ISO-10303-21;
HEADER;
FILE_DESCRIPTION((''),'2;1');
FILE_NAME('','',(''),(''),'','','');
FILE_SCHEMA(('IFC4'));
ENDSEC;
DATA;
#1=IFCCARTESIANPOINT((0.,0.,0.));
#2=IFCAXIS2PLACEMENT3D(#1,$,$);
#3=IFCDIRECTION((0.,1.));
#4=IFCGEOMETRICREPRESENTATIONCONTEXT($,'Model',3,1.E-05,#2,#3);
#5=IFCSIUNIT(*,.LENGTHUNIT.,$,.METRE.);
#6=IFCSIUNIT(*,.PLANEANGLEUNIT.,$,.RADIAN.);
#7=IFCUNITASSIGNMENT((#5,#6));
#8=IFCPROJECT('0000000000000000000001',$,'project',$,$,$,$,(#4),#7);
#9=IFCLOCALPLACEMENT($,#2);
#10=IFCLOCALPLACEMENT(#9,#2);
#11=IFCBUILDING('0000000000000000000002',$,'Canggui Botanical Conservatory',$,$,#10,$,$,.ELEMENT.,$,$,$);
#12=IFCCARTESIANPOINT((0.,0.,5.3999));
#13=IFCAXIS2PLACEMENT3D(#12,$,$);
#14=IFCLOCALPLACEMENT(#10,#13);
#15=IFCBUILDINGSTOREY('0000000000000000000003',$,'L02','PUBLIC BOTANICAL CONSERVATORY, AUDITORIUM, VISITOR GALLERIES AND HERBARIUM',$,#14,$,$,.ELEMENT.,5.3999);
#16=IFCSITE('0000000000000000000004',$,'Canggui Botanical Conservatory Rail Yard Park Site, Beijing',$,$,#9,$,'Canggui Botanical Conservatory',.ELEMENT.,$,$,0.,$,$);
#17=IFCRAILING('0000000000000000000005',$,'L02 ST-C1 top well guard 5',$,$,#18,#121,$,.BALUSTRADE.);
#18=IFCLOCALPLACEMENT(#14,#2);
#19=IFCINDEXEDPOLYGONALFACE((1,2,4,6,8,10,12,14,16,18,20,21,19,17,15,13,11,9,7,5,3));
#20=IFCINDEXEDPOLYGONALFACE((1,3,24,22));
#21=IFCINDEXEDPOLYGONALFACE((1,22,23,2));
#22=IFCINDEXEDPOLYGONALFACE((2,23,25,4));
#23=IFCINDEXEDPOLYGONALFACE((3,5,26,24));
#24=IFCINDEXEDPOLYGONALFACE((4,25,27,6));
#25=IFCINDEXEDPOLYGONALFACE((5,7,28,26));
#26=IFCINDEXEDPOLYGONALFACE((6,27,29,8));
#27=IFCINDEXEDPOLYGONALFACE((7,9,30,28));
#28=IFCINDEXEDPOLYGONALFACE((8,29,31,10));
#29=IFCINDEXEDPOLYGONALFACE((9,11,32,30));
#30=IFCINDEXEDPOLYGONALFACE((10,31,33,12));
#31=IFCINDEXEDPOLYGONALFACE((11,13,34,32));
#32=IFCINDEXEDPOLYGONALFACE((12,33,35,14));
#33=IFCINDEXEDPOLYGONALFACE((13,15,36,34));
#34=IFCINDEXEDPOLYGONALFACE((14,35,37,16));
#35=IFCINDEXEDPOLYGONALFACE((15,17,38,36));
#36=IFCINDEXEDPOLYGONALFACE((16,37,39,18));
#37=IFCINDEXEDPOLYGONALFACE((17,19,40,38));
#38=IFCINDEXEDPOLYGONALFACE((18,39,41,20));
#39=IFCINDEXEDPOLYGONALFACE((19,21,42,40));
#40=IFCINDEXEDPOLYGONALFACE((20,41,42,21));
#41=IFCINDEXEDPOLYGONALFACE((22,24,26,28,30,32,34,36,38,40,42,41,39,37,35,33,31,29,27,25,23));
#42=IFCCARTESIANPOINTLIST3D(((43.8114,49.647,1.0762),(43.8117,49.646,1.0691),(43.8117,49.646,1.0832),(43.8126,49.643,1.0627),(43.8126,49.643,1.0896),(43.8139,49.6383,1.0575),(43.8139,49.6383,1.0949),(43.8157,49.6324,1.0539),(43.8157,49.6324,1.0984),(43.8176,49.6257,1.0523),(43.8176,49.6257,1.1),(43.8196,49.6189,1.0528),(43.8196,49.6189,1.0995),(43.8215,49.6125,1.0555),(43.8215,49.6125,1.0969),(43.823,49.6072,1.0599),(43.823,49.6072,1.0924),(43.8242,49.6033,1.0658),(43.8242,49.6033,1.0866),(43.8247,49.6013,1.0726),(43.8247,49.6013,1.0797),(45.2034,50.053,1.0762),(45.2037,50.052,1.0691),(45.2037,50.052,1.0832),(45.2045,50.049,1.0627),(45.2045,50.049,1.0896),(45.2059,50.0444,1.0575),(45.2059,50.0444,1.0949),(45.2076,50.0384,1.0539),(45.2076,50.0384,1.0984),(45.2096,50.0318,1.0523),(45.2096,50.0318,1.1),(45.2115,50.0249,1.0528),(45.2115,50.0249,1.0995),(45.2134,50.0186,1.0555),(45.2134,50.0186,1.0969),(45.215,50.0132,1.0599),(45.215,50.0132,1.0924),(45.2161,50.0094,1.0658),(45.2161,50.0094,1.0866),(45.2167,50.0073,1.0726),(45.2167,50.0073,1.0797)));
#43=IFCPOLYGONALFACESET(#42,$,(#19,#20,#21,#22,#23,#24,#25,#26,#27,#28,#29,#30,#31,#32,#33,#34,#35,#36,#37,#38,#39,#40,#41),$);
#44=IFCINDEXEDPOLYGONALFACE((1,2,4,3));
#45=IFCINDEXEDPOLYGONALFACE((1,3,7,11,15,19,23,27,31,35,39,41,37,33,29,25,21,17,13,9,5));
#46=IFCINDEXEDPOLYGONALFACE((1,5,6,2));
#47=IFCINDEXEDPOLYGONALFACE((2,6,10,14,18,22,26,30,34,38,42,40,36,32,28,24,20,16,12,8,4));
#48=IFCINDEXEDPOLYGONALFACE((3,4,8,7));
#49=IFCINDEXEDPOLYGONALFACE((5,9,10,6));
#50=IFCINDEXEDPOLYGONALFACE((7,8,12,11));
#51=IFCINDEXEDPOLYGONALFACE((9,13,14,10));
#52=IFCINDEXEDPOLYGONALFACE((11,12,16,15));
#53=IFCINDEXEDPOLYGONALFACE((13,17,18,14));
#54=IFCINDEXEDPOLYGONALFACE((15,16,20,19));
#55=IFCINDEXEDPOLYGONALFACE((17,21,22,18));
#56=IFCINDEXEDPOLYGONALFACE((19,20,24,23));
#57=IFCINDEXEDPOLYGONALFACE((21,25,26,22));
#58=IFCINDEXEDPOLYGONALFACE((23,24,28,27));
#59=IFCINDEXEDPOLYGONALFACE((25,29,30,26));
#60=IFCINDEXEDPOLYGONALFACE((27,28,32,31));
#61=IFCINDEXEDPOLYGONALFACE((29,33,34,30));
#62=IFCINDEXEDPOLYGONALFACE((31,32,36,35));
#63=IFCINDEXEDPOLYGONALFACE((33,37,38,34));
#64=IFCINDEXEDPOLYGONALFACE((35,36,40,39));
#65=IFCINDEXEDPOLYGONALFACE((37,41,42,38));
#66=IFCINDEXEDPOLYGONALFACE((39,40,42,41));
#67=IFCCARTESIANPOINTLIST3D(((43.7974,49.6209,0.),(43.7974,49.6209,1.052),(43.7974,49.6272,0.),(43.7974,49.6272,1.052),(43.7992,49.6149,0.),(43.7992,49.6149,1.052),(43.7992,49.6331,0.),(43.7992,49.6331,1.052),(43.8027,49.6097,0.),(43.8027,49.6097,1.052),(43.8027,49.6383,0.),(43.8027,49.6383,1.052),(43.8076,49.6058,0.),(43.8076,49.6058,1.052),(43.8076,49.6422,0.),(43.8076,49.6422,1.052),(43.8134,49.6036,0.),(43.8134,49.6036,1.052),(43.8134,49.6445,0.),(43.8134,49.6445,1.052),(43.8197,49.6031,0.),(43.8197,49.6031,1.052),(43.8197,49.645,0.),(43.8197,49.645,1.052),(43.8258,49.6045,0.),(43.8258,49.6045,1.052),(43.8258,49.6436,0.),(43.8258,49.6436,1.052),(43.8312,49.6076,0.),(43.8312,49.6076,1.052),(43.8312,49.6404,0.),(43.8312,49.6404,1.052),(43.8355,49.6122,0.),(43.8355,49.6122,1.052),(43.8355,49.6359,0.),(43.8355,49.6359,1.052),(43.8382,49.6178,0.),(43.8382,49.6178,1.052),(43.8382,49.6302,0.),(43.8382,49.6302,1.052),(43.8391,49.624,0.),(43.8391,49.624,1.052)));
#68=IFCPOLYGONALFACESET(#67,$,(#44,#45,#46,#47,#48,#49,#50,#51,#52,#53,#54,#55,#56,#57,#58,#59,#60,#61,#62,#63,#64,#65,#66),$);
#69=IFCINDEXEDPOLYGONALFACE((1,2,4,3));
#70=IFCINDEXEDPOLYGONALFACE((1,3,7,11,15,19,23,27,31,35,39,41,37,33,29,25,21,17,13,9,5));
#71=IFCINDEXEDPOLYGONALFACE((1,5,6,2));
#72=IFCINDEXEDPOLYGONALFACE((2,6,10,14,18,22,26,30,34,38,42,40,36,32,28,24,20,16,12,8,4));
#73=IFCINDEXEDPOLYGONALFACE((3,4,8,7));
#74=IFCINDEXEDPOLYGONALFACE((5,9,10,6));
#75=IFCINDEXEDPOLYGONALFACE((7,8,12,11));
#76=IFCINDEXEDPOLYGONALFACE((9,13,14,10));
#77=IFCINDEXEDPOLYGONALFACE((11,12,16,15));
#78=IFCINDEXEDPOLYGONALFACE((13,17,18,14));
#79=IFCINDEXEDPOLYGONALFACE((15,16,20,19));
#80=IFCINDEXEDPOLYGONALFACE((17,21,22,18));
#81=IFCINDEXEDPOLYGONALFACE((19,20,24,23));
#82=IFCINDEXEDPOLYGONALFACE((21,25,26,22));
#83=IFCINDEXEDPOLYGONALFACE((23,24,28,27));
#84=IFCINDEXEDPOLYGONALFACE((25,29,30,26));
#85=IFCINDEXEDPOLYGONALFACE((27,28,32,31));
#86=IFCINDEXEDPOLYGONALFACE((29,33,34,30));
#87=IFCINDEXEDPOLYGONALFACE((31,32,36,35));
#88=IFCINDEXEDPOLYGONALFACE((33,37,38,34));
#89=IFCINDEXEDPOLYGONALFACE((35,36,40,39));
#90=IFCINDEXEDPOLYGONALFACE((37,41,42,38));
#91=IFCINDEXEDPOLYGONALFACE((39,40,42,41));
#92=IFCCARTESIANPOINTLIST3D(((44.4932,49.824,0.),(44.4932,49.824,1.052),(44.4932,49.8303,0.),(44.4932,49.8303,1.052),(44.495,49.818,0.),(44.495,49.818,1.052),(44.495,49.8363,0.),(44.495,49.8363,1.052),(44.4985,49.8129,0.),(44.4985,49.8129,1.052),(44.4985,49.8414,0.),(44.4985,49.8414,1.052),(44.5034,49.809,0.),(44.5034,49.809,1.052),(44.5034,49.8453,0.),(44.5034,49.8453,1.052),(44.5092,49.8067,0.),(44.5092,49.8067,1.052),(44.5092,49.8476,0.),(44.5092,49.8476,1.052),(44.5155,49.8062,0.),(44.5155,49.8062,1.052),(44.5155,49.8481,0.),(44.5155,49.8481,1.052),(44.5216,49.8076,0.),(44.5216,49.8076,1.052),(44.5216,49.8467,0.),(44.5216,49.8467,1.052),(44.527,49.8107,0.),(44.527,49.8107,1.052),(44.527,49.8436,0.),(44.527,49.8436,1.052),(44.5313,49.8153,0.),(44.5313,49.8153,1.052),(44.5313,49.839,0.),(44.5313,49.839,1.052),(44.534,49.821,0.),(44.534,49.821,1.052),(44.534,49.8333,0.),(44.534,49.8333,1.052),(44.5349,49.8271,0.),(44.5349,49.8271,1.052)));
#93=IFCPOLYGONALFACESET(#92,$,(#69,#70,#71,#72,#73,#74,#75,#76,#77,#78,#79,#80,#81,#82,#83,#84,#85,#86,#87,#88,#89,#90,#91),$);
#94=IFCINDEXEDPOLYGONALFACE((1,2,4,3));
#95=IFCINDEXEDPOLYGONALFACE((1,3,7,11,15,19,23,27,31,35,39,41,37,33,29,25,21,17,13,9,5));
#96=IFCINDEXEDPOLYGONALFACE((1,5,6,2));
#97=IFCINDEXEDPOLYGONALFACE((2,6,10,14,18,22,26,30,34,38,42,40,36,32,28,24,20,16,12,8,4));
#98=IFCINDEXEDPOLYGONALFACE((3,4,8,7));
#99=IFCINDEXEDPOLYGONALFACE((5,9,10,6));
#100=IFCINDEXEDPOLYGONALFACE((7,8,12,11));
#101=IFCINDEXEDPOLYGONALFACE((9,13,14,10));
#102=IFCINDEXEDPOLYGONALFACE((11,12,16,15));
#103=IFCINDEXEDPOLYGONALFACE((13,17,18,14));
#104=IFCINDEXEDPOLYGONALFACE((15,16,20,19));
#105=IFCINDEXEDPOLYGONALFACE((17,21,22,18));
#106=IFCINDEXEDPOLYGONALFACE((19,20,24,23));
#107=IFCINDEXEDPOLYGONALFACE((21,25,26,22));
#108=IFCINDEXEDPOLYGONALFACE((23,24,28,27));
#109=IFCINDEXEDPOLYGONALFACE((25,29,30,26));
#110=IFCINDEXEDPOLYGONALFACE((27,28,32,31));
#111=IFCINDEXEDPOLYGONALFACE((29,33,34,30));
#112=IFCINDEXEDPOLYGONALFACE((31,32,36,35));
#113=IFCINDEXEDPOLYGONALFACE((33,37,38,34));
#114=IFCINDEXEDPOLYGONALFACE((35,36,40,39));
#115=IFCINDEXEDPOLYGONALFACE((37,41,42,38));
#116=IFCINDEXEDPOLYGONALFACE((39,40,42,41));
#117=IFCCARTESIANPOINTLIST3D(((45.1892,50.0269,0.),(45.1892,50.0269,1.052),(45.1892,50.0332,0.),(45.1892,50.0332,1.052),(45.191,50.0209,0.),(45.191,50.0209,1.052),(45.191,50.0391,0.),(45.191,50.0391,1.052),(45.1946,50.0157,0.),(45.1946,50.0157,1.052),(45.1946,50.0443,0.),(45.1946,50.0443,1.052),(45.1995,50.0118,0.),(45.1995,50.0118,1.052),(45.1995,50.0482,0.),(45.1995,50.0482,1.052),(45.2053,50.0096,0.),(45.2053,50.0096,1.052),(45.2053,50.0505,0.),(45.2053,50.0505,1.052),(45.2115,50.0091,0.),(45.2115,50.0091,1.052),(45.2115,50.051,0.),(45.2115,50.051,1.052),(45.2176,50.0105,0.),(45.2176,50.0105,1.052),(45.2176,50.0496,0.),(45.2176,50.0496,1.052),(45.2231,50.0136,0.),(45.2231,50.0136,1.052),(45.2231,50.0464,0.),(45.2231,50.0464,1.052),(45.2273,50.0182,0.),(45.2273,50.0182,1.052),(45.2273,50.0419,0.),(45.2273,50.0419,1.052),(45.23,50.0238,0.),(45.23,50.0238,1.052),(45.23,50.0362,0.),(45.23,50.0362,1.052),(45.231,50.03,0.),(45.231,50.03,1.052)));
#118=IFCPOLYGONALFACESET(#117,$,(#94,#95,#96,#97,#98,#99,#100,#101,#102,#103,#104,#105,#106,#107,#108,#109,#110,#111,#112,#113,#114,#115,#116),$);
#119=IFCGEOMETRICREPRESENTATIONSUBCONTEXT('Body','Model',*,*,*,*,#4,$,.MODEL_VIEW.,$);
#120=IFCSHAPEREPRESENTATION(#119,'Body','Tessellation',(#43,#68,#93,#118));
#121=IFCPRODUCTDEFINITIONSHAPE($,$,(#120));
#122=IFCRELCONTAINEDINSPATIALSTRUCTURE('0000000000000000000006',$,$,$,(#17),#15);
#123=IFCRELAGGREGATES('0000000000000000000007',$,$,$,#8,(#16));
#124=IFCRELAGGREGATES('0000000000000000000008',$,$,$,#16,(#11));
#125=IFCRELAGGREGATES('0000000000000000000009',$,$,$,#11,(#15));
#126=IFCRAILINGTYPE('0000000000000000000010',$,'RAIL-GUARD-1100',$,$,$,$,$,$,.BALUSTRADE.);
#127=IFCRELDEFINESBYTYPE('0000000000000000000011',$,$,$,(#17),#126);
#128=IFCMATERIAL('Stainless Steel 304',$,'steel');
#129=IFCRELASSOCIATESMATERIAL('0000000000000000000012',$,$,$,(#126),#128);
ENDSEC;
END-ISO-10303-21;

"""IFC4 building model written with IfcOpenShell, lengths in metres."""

from ifc_helpers import new_model, si_unit, direction, frame, origin, origin_2d, place, context, subcontext, project, spatial, circle, extrude, material, type_object, element, save


model = new_model("IFC4")

# Units and contexts
model_context = context("Model", 3, precision=1e-05, world=origin(), true_north=direction((0.0, 1.0)))
body_context = subcontext(model_context, "Body", "Model", "MODEL_VIEW")
ifc_project = project(units=[si_unit("LENGTHUNIT", "METRE"), si_unit("PLANEANGLEUNIT", "RADIAN")], contexts=[model_context])

# Site, building, storey
site_placement = place(None, origin())
site = spatial("IfcSite", under=ifc_project, at=site_placement, Name="Canggui Botanical Conservatory Rail Yard Park Site, Beijing", LongName="Canggui Botanical Conservatory", CompositionType="ELEMENT", RefElevation=0.0)
building_placement = place(site_placement, origin())
building = spatial("IfcBuilding", under=site, at=building_placement, Name="Canggui Botanical Conservatory", CompositionType="ELEMENT")
storey_placement = place(building_placement, frame((0.0, 0.0, 5.3999)))
storey = spatial("IfcBuildingStorey", under=building, at=storey_placement, Name="L02", Description="PUBLIC BOTANICAL CONSERVATORY, AUDITORIUM, VISITOR GALLERIES AND HERBARIUM", CompositionType="ELEMENT", Elevation=5.3999)

# Railing
ifc_material_1 = material(Name="Stainless Steel 304", Category="steel")
railing_type = type_object("IfcRailingType", Name="RAIL-GUARD-1100", PredefinedType="BALUSTRADE", material=ifc_material_1)
railing_1_placement = place(storey_placement, frame((43.8181, 49.624, 0.0)))
element("IfcRailing", 1, at=railing_1_placement, inside=storey, type_object=railing_type, Name="L02 ST-C1 top well guard 5", PredefinedType="BALUSTRADE", context=body_context, shape_type="SweptSolid", body=[
    extrude(circle(Radius=0.0239, at=origin_2d()), frame((0.0, 0.0, 1.0762), z_axis=(0.959991, 0.280032, 0.0), x_axis=(-0.280032, 0.959991, 0.0)), (0.0, 0.0, 1.0), 1.45),
    extrude(circle(Radius=0.021, at=origin_2d()), origin(), (0.0, 0.0, 1.0), 1.052),
    extrude(circle(Radius=0.021, at=origin_2d()), frame((0.6958, 0.2031, 0.0)), (0.0, 0.0, 1.0), 1.052),
    extrude(circle(Radius=0.021, at=origin_2d()), frame((1.3918, 0.406, 0.0)), (0.0, 0.0, 1.0), 1.052),
])

save(model, "model.ifc")
